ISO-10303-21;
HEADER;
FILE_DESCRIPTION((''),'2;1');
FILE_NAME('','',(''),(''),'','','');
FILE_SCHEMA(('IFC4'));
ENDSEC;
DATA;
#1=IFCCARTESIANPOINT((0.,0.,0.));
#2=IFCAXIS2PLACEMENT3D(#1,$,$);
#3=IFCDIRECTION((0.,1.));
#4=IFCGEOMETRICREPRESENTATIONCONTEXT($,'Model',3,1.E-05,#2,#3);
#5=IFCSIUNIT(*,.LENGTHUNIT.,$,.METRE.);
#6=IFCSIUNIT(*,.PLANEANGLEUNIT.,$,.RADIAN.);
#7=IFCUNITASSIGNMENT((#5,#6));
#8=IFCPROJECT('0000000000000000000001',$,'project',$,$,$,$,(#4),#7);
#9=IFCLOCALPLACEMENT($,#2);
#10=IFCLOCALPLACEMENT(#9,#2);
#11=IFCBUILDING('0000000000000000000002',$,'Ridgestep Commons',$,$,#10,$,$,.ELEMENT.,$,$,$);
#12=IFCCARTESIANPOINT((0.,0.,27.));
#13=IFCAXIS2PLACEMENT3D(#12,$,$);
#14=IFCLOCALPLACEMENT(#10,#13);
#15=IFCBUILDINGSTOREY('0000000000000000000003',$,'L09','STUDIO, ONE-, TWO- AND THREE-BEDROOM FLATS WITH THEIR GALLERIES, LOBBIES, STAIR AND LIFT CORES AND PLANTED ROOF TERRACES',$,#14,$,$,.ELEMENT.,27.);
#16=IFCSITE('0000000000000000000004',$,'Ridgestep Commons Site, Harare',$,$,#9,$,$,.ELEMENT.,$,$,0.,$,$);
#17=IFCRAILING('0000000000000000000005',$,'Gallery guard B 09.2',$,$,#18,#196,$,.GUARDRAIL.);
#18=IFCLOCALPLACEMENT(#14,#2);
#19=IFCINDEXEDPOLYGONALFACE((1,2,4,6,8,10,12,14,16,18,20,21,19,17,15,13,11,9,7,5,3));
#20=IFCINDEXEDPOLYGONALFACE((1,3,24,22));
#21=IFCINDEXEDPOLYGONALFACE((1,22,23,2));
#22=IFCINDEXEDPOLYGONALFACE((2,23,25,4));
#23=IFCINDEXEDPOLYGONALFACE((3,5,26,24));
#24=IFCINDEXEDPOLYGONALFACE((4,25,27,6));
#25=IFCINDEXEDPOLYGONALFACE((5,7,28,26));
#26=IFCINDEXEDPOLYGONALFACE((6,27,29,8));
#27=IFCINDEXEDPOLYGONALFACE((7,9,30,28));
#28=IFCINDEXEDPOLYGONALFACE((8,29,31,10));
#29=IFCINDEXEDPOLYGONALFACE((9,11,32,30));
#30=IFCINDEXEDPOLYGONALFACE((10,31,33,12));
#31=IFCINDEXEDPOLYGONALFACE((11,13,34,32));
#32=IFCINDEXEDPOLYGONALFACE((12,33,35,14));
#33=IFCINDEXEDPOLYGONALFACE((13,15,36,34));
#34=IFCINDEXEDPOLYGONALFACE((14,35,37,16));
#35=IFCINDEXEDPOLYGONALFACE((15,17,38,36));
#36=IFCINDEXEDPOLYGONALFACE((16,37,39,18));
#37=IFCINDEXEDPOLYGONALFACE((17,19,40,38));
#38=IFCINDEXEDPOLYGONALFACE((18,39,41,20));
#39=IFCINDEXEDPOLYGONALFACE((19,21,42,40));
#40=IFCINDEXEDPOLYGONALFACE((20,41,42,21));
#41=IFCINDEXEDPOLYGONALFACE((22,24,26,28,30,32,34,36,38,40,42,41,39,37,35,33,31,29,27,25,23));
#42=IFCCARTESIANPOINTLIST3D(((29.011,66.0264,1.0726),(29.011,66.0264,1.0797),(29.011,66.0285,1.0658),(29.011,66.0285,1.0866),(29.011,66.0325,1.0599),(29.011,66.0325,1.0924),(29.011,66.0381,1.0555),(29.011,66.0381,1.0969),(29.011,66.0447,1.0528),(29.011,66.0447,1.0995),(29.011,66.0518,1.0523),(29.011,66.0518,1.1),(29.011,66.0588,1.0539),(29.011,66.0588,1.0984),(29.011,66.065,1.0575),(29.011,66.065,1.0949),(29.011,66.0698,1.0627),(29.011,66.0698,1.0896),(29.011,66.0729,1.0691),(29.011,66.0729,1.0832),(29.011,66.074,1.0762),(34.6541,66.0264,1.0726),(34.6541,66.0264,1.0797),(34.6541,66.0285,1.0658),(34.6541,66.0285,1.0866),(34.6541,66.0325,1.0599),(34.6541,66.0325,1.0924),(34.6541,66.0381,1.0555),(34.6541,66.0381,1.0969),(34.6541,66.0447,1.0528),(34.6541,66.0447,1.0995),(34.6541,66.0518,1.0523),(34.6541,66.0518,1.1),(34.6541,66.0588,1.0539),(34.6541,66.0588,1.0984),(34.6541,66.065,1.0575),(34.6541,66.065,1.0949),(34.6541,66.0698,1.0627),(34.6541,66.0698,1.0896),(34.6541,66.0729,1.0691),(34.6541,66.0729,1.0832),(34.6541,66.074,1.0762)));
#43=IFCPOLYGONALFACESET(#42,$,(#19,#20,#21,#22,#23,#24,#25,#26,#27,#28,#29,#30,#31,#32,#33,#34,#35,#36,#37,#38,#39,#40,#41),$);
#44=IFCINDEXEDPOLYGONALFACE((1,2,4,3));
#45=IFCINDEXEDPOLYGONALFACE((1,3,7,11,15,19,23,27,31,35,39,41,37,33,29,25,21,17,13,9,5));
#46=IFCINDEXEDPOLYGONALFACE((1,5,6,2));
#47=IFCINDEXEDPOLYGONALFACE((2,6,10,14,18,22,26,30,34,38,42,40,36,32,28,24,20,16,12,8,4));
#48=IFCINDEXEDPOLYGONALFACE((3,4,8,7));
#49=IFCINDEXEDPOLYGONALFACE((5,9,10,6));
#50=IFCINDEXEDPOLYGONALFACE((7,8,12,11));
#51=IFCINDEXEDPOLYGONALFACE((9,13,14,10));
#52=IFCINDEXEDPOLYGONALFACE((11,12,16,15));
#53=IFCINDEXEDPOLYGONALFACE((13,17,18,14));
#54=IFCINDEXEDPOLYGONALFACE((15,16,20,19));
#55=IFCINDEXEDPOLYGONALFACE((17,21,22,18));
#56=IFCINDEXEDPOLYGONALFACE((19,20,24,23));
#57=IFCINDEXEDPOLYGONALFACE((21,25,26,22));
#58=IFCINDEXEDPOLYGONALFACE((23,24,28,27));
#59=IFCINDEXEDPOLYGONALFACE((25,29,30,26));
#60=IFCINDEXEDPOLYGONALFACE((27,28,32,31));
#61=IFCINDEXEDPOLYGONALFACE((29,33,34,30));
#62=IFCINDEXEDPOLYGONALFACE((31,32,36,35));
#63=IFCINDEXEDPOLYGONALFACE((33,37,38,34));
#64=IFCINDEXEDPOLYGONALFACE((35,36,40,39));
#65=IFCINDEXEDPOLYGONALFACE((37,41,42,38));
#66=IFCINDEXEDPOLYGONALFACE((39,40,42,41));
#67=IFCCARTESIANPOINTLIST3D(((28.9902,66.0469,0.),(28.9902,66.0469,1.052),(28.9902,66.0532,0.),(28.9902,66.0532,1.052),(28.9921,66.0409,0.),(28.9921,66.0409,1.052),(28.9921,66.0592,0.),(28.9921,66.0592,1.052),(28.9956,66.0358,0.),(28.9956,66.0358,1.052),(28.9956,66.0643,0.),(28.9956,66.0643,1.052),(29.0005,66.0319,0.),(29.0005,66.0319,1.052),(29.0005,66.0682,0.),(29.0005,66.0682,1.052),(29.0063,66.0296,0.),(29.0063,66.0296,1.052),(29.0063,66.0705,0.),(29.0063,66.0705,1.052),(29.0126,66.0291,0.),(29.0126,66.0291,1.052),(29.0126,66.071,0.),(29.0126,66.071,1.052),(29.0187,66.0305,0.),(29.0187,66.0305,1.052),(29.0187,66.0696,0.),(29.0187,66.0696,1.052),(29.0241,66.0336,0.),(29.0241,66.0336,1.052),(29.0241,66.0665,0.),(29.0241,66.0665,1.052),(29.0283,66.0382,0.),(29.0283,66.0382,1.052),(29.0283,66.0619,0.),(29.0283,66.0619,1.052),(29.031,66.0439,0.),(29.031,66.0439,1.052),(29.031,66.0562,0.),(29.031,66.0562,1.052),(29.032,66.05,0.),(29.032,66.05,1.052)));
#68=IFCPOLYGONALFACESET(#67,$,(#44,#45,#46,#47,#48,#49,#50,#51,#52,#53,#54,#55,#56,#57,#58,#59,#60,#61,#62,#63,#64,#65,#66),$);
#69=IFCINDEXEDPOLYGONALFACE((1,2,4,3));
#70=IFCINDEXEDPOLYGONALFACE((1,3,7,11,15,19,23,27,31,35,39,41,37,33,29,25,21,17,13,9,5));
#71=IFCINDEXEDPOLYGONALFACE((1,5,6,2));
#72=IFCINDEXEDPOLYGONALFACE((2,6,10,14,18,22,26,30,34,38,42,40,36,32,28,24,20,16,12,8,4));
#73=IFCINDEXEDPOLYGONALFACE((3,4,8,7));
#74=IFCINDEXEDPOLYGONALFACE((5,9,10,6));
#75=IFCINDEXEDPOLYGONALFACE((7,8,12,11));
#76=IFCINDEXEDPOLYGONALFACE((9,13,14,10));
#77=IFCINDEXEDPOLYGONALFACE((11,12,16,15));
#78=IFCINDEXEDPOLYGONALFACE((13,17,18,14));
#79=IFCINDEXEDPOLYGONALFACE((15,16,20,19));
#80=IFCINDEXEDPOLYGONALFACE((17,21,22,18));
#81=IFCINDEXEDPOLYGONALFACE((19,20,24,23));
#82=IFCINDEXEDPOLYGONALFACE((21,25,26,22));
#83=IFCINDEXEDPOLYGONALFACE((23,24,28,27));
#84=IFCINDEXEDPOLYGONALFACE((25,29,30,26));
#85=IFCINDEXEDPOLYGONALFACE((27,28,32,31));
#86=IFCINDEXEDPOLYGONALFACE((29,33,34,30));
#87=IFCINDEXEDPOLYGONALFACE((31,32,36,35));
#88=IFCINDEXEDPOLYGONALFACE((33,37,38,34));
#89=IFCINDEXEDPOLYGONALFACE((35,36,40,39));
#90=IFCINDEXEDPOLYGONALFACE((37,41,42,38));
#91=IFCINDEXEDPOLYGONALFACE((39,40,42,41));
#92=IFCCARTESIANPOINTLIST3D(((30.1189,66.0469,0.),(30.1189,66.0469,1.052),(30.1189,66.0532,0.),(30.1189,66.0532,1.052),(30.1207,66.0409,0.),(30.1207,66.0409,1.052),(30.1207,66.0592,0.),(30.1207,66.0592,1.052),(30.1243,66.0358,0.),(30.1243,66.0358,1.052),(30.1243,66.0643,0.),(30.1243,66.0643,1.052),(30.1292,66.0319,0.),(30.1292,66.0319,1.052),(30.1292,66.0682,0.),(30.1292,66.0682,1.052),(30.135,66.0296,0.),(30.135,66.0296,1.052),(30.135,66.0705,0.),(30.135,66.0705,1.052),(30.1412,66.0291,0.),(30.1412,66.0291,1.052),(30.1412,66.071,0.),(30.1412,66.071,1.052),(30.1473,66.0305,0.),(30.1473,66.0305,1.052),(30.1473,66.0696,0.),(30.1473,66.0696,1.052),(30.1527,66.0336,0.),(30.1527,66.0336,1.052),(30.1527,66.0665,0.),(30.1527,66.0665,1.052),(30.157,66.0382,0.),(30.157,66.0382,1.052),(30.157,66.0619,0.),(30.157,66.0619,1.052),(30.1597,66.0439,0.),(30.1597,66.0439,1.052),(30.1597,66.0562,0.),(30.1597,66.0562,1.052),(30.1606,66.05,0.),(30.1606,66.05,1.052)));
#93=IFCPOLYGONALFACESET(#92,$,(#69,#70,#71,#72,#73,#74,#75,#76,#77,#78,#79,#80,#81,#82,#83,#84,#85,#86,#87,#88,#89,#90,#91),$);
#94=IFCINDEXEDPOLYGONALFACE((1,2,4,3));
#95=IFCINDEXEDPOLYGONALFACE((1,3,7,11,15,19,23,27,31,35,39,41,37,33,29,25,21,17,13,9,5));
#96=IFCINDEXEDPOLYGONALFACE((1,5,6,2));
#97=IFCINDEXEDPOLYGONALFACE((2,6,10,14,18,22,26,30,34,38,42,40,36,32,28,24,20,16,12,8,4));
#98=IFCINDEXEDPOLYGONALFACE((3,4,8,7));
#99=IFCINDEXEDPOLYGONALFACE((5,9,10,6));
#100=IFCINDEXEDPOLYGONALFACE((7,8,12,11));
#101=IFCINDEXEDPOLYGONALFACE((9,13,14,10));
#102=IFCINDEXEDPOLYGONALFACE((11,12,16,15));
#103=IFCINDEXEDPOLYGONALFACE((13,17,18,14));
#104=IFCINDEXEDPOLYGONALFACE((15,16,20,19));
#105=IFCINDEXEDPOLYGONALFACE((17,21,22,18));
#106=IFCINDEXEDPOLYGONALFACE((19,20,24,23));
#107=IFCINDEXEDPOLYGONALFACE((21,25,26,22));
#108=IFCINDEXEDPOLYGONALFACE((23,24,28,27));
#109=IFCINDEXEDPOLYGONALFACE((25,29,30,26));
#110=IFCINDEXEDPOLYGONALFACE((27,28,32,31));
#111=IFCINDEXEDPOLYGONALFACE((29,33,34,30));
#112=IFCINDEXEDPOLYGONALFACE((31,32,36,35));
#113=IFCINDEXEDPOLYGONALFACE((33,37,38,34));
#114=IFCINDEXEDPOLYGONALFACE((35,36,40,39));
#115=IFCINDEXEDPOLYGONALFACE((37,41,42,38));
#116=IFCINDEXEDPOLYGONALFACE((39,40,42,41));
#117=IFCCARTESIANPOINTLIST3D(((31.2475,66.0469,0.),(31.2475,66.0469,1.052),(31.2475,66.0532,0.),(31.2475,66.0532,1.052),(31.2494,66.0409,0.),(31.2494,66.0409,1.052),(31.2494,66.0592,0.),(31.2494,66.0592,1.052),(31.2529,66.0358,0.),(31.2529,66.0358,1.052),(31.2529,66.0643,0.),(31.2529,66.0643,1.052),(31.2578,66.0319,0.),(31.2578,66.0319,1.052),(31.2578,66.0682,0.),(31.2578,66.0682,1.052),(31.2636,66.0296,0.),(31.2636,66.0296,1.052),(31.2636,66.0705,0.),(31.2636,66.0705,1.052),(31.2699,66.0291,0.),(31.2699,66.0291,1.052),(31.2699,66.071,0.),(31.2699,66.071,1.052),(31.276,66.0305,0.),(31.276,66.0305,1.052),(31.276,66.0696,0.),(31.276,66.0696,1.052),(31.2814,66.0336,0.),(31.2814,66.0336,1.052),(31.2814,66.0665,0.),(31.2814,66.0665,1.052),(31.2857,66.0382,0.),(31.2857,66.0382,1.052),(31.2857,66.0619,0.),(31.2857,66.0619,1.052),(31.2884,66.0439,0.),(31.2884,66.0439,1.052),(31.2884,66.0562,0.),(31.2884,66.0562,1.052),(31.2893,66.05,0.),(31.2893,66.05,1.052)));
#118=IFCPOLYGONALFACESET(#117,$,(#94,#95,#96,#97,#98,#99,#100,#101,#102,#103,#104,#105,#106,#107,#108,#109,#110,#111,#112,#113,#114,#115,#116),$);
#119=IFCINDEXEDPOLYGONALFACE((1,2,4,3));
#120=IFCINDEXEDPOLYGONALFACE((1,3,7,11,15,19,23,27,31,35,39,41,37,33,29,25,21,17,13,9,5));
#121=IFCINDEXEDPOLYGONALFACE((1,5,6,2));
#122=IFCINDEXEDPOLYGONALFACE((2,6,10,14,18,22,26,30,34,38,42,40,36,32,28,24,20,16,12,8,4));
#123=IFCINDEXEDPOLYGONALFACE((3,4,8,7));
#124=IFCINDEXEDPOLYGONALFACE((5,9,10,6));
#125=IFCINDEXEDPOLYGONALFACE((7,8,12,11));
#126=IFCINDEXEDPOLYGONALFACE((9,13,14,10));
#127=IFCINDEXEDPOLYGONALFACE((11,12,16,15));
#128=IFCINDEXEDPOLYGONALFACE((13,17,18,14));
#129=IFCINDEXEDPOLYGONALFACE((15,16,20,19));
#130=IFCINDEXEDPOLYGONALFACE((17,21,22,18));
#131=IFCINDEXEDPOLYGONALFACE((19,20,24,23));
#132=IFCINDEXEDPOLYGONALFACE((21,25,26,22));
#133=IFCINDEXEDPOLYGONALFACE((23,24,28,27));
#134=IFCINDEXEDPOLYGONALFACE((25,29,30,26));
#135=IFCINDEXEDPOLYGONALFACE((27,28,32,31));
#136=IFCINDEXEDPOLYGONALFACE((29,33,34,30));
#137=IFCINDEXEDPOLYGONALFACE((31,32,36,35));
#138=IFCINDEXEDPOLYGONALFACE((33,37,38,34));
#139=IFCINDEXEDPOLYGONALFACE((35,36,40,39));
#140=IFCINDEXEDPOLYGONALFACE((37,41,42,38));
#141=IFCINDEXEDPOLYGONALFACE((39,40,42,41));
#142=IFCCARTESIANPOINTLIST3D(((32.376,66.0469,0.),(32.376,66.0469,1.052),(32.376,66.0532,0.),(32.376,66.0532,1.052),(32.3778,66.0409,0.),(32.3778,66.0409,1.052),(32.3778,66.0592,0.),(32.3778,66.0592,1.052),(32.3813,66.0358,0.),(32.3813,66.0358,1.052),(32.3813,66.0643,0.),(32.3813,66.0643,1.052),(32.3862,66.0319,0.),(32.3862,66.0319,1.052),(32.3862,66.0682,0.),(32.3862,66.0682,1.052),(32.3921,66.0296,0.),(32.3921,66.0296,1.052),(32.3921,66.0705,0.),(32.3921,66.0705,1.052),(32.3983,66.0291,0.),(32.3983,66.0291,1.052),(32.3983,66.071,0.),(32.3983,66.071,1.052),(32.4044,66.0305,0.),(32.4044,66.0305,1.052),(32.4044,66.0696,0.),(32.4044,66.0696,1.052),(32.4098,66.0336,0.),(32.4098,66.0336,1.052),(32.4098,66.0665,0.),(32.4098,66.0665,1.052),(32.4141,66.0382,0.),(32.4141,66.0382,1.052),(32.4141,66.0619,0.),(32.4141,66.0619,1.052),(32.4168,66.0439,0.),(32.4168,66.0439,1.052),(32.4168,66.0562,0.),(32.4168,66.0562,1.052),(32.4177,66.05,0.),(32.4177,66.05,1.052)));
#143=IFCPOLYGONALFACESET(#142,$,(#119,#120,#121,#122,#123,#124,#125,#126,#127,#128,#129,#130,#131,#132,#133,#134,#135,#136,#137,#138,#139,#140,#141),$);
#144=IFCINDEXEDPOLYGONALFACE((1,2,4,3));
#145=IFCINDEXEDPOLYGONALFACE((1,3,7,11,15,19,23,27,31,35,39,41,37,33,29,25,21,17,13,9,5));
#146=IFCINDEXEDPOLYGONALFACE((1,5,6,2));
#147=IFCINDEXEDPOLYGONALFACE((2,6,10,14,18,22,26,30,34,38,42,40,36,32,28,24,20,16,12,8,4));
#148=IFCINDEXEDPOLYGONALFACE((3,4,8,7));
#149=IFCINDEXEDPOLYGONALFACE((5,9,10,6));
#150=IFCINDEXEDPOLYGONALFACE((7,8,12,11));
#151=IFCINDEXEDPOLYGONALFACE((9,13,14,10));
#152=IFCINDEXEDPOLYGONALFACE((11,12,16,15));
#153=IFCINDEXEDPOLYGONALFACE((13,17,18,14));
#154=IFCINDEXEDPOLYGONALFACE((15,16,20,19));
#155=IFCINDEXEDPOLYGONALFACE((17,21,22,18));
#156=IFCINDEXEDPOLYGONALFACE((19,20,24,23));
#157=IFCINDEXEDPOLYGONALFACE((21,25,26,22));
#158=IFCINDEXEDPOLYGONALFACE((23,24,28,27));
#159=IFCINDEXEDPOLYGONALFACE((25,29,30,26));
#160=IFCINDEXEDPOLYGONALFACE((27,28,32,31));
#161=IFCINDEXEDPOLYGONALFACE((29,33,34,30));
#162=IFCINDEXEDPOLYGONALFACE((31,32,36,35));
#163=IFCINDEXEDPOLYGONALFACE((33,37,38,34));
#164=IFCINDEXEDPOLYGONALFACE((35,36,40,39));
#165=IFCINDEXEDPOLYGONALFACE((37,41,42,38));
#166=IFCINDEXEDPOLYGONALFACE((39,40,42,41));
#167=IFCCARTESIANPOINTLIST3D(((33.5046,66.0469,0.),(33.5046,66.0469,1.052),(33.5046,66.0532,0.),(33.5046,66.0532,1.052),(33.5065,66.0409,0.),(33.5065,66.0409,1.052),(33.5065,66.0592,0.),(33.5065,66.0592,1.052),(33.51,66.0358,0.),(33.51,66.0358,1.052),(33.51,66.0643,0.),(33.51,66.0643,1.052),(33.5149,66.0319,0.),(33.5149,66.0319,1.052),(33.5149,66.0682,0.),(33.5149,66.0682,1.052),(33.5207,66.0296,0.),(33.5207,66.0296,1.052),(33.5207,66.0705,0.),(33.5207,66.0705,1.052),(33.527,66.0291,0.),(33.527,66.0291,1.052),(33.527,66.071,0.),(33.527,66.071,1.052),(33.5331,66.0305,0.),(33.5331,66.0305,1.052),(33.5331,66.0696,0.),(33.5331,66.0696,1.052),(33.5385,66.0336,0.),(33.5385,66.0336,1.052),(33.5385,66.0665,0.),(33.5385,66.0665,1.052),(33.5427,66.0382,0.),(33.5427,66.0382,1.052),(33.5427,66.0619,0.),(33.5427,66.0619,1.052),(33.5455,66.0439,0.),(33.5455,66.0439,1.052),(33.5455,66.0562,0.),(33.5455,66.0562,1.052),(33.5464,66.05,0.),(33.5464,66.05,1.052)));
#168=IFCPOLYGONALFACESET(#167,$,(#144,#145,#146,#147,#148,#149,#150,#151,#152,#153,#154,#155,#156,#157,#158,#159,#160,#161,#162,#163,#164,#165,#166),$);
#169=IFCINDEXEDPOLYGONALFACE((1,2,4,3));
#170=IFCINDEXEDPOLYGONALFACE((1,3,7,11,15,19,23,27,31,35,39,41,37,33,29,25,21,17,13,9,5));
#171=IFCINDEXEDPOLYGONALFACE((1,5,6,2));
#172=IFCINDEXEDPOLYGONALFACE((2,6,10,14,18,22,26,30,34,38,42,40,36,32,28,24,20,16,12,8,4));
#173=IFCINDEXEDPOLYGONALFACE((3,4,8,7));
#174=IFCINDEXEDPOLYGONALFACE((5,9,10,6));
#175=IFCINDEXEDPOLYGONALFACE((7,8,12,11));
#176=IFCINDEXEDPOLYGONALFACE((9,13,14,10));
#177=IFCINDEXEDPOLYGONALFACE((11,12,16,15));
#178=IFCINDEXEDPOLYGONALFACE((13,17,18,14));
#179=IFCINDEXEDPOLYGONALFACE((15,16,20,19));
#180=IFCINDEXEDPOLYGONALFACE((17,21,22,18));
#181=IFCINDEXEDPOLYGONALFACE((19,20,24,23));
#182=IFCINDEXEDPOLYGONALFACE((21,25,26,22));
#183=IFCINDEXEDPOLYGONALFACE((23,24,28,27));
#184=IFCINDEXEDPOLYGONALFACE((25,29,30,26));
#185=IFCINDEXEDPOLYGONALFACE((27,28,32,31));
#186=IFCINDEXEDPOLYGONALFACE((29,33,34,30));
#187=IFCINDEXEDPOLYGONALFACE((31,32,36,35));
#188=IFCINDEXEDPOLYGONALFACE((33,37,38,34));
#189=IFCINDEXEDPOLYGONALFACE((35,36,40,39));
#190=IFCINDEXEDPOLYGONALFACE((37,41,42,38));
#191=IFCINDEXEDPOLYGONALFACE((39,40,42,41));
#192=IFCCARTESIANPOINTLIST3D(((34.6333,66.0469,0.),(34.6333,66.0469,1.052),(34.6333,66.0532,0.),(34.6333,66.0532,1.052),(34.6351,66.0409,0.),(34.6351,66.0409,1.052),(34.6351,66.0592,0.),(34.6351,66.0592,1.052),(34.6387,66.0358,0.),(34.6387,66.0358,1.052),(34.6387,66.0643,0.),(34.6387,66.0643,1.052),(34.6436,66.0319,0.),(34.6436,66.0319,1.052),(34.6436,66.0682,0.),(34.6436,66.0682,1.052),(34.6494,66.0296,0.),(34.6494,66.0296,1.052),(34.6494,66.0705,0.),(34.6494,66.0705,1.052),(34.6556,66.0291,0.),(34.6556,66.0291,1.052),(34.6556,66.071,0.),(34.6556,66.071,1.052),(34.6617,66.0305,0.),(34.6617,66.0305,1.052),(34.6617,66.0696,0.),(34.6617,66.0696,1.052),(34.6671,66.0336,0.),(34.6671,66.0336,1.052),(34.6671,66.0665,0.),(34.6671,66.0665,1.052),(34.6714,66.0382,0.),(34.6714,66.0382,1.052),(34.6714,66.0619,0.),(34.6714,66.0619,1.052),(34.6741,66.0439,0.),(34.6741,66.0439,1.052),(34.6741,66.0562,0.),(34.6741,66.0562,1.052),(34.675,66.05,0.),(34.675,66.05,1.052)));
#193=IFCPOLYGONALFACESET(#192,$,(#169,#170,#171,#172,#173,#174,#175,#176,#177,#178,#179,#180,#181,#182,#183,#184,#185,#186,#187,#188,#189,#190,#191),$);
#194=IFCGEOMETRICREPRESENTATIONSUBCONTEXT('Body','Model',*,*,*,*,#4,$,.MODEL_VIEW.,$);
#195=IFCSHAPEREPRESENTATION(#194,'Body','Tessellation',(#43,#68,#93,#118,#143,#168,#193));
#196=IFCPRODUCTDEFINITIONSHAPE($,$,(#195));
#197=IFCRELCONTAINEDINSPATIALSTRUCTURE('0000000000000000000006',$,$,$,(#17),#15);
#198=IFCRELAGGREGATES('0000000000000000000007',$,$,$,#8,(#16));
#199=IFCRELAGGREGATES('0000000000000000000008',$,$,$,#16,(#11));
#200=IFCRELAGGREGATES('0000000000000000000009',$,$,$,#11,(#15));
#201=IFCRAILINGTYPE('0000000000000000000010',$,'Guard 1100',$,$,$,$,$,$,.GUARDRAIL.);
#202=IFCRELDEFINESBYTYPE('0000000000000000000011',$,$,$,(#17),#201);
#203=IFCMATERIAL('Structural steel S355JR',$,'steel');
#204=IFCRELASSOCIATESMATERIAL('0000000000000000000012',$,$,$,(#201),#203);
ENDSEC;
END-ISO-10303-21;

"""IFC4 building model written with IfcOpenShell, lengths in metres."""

from ifc_helpers import new_model, si_unit, direction, frame, origin, origin_2d, place, context, subcontext, project, spatial, circle, extrude, material, type_object, element, save


model = new_model("IFC4")

# Units and contexts
model_context = context("Model", 3, precision=1e-05, world=origin(), true_north=direction((0.0, 1.0)))
body_context = subcontext(model_context, "Body", "Model", "MODEL_VIEW")
ifc_project = project(units=[si_unit("LENGTHUNIT", "METRE"), si_unit("PLANEANGLEUNIT", "RADIAN")], contexts=[model_context])

# Site, building, storey
site_placement = place(None, origin())
site = spatial("IfcSite", under=ifc_project, at=site_placement, Name="Ridgestep Commons Site, Harare", CompositionType="ELEMENT", RefElevation=0.0)
building_placement = place(site_placement, origin())
building = spatial("IfcBuilding", under=site, at=building_placement, Name="Ridgestep Commons", CompositionType="ELEMENT")
storey_placement = place(building_placement, frame((0.0, 0.0, 27.0)))
storey = spatial("IfcBuildingStorey", under=building, at=storey_placement, Name="L09", Description="STUDIO, ONE-, TWO- AND THREE-BEDROOM FLATS WITH THEIR GALLERIES, LOBBIES, STAIR AND LIFT CORES AND PLANTED ROOF TERRACES", CompositionType="ELEMENT", Elevation=27.0)

# Railing
ifc_material_1 = material(Name="Structural steel S355JR", Category="steel")
railing_type_1 = type_object("IfcRailingType", Name="Guard 1100", PredefinedType="GUARDRAIL", material=ifc_material_1)
railing_1_placement = place(storey_placement, frame((29.011, 66.05, 0.0)))
element("IfcRailing", 1, at=railing_1_placement, inside=storey, type_object=railing_type_1, Name="Gallery guard B 09.2", PredefinedType="GUARDRAIL", context=body_context, shape_type="SweptSolid", body=[
    extrude(circle(Radius=0.0239, at=origin_2d()), frame((0.0, 0.0, 1.0762), z_axis=(1.0, 0.0, 0.0), x_axis=(0.0, 1.0, 0.0)), (0.0, 0.0, 1.0), 5.6431),
    extrude(circle(Radius=0.021, at=origin_2d()), origin(), (0.0, 0.0, 1.0), 1.052),
    extrude(circle(Radius=0.021, at=origin_2d()), frame((1.1287, 0.0, 0.0)), (0.0, 0.0, 1.0), 1.052),
    extrude(circle(Radius=0.021, at=origin_2d()), frame((2.2573, 0.0, 0.0)), (0.0, 0.0, 1.0), 1.052),
    extrude(circle(Radius=0.021, at=origin_2d()), frame((3.3857, 0.0, 0.0)), (0.0, 0.0, 1.0), 1.052),
    extrude(circle(Radius=0.021, at=origin_2d()), frame((4.5144, 0.0, 0.0)), (0.0, 0.0, 1.0), 1.052),
    extrude(circle(Radius=0.021, at=origin_2d()), frame((5.6431, 0.0, 0.0)), (0.0, 0.0, 1.0), 1.052),
])

save(model, "model.ifc")
